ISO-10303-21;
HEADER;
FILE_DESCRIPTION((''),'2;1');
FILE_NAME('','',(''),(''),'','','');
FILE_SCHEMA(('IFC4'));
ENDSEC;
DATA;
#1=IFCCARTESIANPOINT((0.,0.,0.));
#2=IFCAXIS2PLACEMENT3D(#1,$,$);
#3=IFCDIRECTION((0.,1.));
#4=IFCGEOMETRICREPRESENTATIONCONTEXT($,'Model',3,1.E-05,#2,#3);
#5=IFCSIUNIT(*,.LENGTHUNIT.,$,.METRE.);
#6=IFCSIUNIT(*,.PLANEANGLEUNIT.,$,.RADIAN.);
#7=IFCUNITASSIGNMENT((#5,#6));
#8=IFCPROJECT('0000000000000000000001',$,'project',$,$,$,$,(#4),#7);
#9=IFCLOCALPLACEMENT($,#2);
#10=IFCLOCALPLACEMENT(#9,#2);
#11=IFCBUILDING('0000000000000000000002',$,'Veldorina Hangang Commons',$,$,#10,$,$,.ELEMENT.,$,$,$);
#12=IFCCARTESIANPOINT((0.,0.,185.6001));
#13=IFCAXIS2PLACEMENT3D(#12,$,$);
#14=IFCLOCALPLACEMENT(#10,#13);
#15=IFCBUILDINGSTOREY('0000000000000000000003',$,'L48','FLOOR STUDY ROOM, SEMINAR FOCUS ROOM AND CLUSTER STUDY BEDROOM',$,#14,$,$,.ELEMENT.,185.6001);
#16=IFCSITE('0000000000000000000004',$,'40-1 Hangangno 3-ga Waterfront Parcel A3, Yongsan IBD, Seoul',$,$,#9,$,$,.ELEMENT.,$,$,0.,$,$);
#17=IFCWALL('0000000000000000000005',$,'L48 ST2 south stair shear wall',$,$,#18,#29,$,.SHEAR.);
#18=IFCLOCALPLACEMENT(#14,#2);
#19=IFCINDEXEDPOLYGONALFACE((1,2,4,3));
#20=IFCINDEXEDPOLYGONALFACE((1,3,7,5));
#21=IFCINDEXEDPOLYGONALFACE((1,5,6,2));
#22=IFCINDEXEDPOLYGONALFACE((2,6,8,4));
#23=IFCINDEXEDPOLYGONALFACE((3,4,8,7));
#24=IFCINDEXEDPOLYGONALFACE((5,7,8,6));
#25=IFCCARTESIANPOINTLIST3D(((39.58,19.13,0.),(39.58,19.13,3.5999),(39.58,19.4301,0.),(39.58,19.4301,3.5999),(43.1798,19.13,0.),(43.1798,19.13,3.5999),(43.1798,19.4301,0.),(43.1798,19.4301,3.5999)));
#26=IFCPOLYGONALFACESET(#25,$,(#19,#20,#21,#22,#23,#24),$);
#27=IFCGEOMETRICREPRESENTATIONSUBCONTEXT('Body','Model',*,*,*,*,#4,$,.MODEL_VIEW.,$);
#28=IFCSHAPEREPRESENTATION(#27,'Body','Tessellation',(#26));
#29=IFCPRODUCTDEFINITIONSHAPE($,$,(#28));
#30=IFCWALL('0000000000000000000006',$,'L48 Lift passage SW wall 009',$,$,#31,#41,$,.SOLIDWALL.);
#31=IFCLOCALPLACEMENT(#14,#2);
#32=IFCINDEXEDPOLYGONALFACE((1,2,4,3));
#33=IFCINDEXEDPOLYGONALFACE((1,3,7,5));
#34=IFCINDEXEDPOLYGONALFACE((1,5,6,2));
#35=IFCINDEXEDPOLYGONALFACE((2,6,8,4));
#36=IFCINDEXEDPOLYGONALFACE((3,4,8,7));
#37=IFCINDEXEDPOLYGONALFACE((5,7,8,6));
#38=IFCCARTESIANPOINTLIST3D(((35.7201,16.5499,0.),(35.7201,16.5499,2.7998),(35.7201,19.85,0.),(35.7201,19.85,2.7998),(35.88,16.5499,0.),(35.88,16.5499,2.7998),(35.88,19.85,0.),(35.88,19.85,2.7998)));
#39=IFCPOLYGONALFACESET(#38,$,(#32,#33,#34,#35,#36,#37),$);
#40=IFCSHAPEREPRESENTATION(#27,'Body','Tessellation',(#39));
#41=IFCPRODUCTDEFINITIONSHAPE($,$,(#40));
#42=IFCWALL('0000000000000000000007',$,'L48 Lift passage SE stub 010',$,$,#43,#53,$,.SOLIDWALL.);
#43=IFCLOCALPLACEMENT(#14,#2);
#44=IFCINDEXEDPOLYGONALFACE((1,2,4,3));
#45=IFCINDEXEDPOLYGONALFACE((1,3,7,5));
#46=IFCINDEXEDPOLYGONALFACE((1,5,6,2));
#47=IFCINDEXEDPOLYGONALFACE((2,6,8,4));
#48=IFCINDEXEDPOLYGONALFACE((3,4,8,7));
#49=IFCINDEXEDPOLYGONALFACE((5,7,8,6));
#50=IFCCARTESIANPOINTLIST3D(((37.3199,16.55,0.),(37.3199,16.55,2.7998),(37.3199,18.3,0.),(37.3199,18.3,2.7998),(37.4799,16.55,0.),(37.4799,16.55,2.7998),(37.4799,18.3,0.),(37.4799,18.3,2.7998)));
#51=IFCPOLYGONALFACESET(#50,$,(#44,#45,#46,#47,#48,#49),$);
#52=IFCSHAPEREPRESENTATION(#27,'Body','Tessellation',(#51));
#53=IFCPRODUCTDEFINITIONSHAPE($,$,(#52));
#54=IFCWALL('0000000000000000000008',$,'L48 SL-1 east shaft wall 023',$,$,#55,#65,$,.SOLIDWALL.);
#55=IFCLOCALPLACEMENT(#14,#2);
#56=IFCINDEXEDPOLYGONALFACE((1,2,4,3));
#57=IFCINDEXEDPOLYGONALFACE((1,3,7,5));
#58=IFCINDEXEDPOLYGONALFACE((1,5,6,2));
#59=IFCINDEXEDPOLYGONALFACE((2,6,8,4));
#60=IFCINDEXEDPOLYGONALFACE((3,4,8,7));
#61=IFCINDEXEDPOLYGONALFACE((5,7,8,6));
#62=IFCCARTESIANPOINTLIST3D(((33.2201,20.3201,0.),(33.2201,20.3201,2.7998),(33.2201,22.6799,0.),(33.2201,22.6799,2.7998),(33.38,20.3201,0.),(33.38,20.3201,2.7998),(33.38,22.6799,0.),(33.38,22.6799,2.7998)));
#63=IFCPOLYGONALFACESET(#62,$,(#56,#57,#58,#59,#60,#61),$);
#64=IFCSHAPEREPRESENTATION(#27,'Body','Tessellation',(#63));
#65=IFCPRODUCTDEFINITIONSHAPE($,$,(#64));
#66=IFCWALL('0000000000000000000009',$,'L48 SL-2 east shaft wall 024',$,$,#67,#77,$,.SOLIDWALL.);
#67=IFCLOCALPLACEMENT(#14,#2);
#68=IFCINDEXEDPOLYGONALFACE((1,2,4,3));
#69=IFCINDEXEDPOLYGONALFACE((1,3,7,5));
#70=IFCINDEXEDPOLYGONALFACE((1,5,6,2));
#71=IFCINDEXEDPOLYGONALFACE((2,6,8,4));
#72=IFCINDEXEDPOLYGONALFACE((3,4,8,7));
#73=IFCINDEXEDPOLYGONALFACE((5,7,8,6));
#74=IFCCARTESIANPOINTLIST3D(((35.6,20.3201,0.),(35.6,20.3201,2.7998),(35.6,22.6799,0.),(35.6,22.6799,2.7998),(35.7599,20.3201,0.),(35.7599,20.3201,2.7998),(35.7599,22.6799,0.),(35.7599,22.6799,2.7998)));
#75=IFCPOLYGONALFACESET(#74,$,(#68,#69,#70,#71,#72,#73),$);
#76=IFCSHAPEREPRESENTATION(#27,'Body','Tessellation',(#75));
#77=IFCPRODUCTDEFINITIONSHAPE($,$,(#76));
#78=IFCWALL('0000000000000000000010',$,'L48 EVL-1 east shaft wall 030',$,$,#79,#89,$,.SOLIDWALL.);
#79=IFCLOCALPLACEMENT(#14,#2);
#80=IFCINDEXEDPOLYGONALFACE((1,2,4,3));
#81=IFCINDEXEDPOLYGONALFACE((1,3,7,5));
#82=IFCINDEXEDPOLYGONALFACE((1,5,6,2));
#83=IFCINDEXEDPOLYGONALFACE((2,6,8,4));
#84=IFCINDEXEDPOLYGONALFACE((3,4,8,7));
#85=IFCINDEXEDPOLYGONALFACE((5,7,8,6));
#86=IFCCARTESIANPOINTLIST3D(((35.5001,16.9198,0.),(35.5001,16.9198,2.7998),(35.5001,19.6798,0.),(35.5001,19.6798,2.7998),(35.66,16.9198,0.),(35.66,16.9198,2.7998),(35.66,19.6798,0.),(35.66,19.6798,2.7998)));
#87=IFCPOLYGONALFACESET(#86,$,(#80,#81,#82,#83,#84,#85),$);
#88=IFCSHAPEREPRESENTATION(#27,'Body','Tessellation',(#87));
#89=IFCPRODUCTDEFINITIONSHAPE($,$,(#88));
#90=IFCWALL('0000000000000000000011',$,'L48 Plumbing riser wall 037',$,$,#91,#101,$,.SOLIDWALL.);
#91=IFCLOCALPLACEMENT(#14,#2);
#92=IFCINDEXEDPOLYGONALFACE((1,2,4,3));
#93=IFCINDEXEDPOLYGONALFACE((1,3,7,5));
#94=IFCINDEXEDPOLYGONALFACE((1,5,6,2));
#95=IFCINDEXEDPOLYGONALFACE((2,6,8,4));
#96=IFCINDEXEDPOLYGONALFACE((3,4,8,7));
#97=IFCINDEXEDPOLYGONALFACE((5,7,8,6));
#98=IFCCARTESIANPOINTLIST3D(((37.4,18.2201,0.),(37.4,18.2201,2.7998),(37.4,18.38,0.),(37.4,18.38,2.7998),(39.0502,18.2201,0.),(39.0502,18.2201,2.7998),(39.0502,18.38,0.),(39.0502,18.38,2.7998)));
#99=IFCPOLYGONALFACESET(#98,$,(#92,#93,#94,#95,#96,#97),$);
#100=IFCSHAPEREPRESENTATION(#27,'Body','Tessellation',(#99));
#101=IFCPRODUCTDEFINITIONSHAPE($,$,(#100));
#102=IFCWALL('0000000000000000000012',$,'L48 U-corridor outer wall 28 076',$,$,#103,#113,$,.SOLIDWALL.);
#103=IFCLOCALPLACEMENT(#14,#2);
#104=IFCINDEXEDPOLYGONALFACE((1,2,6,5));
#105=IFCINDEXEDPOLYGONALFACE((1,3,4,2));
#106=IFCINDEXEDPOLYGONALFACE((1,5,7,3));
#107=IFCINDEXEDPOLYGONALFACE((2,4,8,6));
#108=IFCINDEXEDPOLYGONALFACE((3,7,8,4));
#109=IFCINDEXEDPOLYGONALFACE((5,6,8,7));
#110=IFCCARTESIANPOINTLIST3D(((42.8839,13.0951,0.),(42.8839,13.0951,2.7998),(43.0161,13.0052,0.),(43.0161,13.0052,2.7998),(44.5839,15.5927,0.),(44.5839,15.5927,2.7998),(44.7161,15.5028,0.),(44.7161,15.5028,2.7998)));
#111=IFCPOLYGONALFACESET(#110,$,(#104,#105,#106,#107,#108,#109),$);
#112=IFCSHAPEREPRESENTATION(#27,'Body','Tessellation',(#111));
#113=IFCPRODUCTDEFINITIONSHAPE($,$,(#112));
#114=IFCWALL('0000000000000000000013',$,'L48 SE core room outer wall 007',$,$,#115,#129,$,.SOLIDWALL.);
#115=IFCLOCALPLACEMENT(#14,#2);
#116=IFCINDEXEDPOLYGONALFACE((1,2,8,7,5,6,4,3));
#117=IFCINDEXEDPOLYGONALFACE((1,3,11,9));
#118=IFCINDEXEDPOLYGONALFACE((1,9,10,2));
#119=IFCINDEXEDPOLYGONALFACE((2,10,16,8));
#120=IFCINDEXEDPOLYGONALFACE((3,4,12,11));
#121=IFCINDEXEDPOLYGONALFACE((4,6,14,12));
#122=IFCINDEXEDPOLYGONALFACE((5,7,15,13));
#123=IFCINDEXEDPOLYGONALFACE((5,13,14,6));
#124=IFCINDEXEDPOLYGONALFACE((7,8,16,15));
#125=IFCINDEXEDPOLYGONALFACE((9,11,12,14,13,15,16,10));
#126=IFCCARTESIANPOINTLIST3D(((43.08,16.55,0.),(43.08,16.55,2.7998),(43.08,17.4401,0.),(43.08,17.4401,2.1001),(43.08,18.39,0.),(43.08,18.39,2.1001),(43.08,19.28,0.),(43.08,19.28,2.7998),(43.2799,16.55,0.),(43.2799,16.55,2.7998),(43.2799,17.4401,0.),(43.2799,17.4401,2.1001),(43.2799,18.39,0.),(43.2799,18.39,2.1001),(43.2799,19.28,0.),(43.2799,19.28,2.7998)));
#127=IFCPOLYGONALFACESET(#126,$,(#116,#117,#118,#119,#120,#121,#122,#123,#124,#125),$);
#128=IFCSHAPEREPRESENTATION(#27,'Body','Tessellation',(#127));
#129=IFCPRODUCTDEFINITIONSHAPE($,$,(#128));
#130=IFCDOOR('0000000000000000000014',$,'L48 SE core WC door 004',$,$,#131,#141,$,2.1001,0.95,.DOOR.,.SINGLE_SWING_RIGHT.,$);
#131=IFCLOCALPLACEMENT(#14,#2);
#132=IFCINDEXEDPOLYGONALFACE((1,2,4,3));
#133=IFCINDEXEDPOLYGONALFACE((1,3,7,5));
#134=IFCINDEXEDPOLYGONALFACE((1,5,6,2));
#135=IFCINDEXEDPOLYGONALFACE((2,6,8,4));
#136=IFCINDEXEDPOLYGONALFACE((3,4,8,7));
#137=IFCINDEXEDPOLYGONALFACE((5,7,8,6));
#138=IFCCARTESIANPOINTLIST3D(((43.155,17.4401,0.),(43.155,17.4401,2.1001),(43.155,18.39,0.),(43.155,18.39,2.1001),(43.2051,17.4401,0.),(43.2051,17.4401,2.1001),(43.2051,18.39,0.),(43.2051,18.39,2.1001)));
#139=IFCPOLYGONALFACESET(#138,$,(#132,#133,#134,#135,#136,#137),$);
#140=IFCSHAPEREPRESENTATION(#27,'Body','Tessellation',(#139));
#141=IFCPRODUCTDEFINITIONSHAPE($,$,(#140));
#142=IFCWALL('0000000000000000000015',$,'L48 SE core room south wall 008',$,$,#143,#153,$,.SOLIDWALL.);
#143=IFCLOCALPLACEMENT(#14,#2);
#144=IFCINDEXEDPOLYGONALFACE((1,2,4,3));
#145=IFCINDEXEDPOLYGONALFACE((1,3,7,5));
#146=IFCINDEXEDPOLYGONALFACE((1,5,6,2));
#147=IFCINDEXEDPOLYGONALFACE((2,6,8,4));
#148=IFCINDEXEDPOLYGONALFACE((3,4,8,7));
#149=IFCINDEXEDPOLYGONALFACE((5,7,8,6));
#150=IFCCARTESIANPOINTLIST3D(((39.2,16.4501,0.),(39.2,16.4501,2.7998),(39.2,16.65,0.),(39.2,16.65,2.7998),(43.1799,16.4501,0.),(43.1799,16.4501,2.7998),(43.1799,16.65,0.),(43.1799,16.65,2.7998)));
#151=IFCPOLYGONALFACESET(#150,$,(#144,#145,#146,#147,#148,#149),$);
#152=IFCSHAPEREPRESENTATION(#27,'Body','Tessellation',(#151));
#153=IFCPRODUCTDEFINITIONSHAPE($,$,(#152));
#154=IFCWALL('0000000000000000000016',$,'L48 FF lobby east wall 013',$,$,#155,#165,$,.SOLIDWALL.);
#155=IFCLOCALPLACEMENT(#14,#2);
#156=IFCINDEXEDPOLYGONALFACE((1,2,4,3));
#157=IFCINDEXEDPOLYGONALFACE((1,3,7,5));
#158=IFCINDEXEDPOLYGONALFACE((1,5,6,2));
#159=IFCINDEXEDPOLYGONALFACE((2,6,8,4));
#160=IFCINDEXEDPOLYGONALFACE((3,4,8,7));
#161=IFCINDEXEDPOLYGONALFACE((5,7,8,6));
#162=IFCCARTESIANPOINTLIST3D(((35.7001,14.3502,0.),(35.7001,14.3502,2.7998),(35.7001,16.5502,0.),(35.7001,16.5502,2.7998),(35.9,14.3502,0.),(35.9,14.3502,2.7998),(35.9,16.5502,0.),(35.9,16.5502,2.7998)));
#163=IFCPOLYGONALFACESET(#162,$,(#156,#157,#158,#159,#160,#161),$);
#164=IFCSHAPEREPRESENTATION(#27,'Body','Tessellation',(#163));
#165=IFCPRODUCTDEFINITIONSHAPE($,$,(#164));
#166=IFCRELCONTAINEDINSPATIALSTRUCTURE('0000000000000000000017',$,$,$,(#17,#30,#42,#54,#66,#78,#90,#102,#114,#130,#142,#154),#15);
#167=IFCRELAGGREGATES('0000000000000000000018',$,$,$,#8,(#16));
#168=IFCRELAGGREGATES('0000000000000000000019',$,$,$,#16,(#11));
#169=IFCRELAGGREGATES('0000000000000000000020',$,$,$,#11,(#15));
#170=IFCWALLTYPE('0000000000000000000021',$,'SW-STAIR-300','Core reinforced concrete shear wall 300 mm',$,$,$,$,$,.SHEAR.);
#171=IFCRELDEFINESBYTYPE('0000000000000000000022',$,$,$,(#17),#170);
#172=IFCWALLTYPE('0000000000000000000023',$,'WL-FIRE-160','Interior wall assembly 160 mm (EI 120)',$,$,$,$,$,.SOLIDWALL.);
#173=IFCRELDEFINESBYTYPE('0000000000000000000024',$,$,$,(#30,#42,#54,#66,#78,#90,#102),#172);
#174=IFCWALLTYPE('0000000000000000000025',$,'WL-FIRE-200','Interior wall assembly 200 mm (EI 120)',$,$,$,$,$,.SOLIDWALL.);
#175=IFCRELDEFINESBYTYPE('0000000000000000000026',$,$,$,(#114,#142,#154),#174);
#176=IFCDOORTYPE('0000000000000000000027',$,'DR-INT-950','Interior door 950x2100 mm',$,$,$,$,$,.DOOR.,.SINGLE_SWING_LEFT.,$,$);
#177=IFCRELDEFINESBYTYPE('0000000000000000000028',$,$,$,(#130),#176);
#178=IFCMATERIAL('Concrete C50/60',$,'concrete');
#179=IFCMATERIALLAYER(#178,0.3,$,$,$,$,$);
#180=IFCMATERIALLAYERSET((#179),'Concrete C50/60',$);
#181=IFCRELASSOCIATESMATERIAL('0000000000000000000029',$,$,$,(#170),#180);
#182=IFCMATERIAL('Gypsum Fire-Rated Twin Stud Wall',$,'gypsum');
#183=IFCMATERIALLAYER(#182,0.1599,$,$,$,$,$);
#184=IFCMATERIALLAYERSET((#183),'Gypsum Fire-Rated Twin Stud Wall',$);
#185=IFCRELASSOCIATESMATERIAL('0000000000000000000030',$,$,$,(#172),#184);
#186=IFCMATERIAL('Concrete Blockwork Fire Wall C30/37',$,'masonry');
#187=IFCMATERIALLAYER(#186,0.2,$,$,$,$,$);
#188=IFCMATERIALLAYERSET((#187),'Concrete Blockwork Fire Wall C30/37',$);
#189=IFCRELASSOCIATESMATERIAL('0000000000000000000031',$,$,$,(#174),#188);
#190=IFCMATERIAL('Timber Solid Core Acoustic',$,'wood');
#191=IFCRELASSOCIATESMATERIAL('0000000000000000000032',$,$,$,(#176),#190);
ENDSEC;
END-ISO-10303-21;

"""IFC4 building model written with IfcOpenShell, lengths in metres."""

from ifc_helpers import new_model, si_unit, direction, frame, frame_2d, origin, place, context, subcontext, project, spatial, rectangle, extrude, material, layer, layer_set, type_object, element, fill, save


model = new_model("IFC4")

# Units and contexts
model_context = context("Model", 3, precision=1e-05, world=origin(), true_north=direction((0.0, 1.0)))
body_context = subcontext(model_context, "Body", "Model", "MODEL_VIEW")
ifc_project = project(units=[si_unit("LENGTHUNIT", "METRE"), si_unit("PLANEANGLEUNIT", "RADIAN")], contexts=[model_context])

# Site, building, storey
site_placement = place(None, origin())
site = spatial("IfcSite", under=ifc_project, at=site_placement, Name="40-1 Hangangno 3-ga Waterfront Parcel A3, Yongsan IBD, Seoul", CompositionType="ELEMENT", RefElevation=0.0)
building_placement = place(site_placement, origin())
building = spatial("IfcBuilding", under=site, at=building_placement, Name="Veldorina Hangang Commons", CompositionType="ELEMENT")
storey_placement = place(building_placement, frame((0.0, 0.0, 185.6001)))
storey = spatial("IfcBuildingStorey", under=building, at=storey_placement, Name="L48", Description="FLOOR STUDY ROOM, SEMINAR FOCUS ROOM AND CLUSTER STUDY BEDROOM", CompositionType="ELEMENT", Elevation=185.6001)

# Walls
ifc_material_1 = material(Name="Concrete C50/60", Category="concrete")
ifc_layer_1 = layer(ifc_material_1, 0.3)
ifc_layer_set_1 = layer_set([ifc_layer_1], Name="Concrete C50/60")
wall_type_1 = type_object("IfcWallType", Name="SW-STAIR-300", Description="Core reinforced concrete shear wall 300 mm", PredefinedType="SHEAR", material=ifc_layer_set_1)
wall_1_placement = place(storey_placement, frame((39.5801, 19.28, 0.0), z_axis=(0.0, 0.0, 1.0), x_axis=(1.0, 0.0, 0.0)))
element("IfcWall", 1, at=wall_1_placement, inside=storey, type_object=wall_type_1, Name="L48 ST2 south stair shear wall", PredefinedType="SHEAR", context=body_context, shape_type="SweptSolid", body=[
    extrude(rectangle(XDim=3.5999, YDim=0.3, at=frame_2d((1.7998, 0.0))), origin(), (0.0, 0.0, 1.0), 3.5999),
])
ifc_material_2 = material(Name="Gypsum Fire-Rated Twin Stud Wall", Category="gypsum")
ifc_layer_2 = layer(ifc_material_2, 0.1599)
ifc_layer_set_2 = layer_set([ifc_layer_2], Name="Gypsum Fire-Rated Twin Stud Wall")
wall_type_2 = type_object("IfcWallType", Name="WL-FIRE-160", Description="Interior wall assembly 160 mm (EI 120)", PredefinedType="SOLIDWALL", material=ifc_layer_set_2)
wall_2_placement = place(storey_placement, frame((35.8, 16.55, 0.0), z_axis=(0.0, 0.0, 1.0), x_axis=(0.0, 1.0, 0.0)))
element("IfcWall", 2, at=wall_2_placement, inside=storey, type_object=wall_type_2, Name="L48 Lift passage SW wall 009", PredefinedType="SOLIDWALL", context=body_context, shape_type="SweptSolid", body=[
    extrude(rectangle(XDim=3.3, YDim=0.1599, at=frame_2d((1.6499, 0.0))), origin(), (0.0, 0.0, 1.0), 2.7998),
])
wall_3_placement = place(storey_placement, frame((37.3999, 16.55, 0.0), z_axis=(0.0, 0.0, 1.0), x_axis=(0.0, 1.0, 0.0)))
element("IfcWall", 3, at=wall_3_placement, inside=storey, type_object=wall_type_2, Name="L48 Lift passage SE stub 010", PredefinedType="SOLIDWALL", context=body_context, shape_type="SweptSolid", body=[
    extrude(rectangle(XDim=1.75, YDim=0.1599, at=frame_2d((0.875, 0.0))), origin(), (0.0, 0.0, 1.0), 2.7998),
])
for number, where, z_axis, x_axis, name in (
    (4, (33.3, 20.3201, 0.0), (0.0, 0.0, 1.0), (0.0, 1.0, 0.0), "L48 SL-1 east shaft wall 023"),
    (5, (35.6799, 20.3201, 0.0), (0.0, 0.0, 1.0), (0.0, 1.0, 0.0), "L48 SL-2 east shaft wall 024"),
):
    element("IfcWall", number, at=place(storey_placement, frame(where, z_axis=z_axis, x_axis=x_axis)), inside=storey, type_object=wall_type_2, Name=name, PredefinedType="SOLIDWALL", context=body_context, shape_type="SweptSolid", body=[
        extrude(rectangle(XDim=2.3599, YDim=0.1599, at=frame_2d((1.1799, 0.0))), origin(), (0.0, 0.0, 1.0), 2.7998),
    ])
wall_4_placement = place(storey_placement, frame((35.5801, 16.9199, 0.0), z_axis=(0.0, 0.0, 1.0), x_axis=(0.0, 1.0, 0.0)))
element("IfcWall", 6, at=wall_4_placement, inside=storey, type_object=wall_type_2, Name="L48 EVL-1 east shaft wall 030", PredefinedType="SOLIDWALL", context=body_context, shape_type="SweptSolid", body=[
    extrude(rectangle(XDim=2.76, YDim=0.1599, at=frame_2d((1.3799, 0.0))), origin(), (0.0, 0.0, 1.0), 2.7998),
])
wall_5_placement = place(storey_placement, frame((37.3999, 18.3, 0.0), z_axis=(0.0, 0.0, 1.0), x_axis=(1.0, 0.0, 0.0)))
element("IfcWall", 7, at=wall_5_placement, inside=storey, type_object=wall_type_2, Name="L48 Plumbing riser wall 037", PredefinedType="SOLIDWALL", context=body_context, shape_type="SweptSolid", body=[
    extrude(rectangle(XDim=1.6501, YDim=0.1599, at=frame_2d((0.8252, 0.0))), origin(), (0.0, 0.0, 1.0), 2.7998),
])
wall_6_placement = place(storey_placement, frame((42.95, 13.05, 0.0), z_axis=(0.0, 0.0, 1.0), x_axis=(0.562675, 0.826678, 0.0)))
element("IfcWall", 8, at=wall_6_placement, inside=storey, type_object=wall_type_2, Name="L48 U-corridor outer wall 28 076", PredefinedType="SOLIDWALL", context=body_context, shape_type="SweptSolid", body=[
    extrude(rectangle(XDim=3.0212, YDim=0.1599, at=frame_2d((1.5107, 0.0))), origin(), (0.0, 0.0, 1.0), 2.7998),
])

# Wall, opening, door
ifc_material_3 = material(Name="Concrete Blockwork Fire Wall C30/37", Category="masonry")
ifc_layer_3 = layer(ifc_material_3, 0.2)
ifc_layer_set_3 = layer_set([ifc_layer_3], Name="Concrete Blockwork Fire Wall C30/37")
wall_type_3 = type_object("IfcWallType", Name="WL-FIRE-200", Description="Interior wall assembly 200 mm (EI 120)", PredefinedType="SOLIDWALL", material=ifc_layer_set_3)
wall_7_placement = place(storey_placement, frame((43.1799, 16.55, 0.0), z_axis=(0.0, 0.0, 1.0), x_axis=(0.0, 1.0, 0.0)))
wall_7 = element("IfcWall", 9, at=wall_7_placement, inside=storey, type_object=wall_type_3, Name="L48 SE core room outer wall 007", PredefinedType="SOLIDWALL", context=body_context, shape_type="SweptSolid", body=[
    extrude(rectangle(XDim=2.73, YDim=0.2, at=frame_2d((1.365, 0.0))), origin(), (0.0, 0.0, 1.0), 2.7998),
])
opening_1_placement = place(wall_7_placement, frame((0.8899, 0.0, 0.0)))
opening_1 = element("IfcOpeningElement", 10, at=opening_1_placement, cuts=wall_7, PredefinedType="OPENING", context=body_context, shape_type="SweptSolid", body=[
    extrude(rectangle(XDim=0.95, YDim=2.1001, at=frame_2d((0.4751, 1.05))), frame((0.0, 0.1099, 0.0), z_axis=(0.0, -1.0, 0.0), x_axis=(1.0, 0.0, 0.0)), (0.0, 0.0, 1.0), 0.22),
])
ifc_material_4 = material(Name="Timber Solid Core Acoustic", Category="wood")
door_type_1 = type_object("IfcDoorType", Name="DR-INT-950", Description="Interior door 950x2100 mm", OperationType="SINGLE_SWING_LEFT", PredefinedType="DOOR", material=ifc_material_4)
door_1_placement = place(opening_1_placement, origin())
door_1 = element("IfcDoor", 11, at=door_1_placement, inside=storey, type_object=door_type_1, Name="L48 SE core WC door 004", OperationType="SINGLE_SWING_RIGHT", OverallHeight=2.1001, OverallWidth=0.95, PredefinedType="DOOR", context=body_context, shape_type="SweptSolid", body=[
    extrude(rectangle(XDim=0.95, YDim=2.1001, at=frame_2d((0.4751, 1.05))), frame((0.0, 0.0249, 0.0), z_axis=(0.0, -1.0, 0.0), x_axis=(1.0, 0.0, 0.0)), (0.0, 0.0, 1.0), 0.05),
])
fill(opening_1, door_1)

# Walls
wall_8_placement = place(storey_placement, frame((39.2, 16.55, 0.0), z_axis=(0.0, 0.0, 1.0), x_axis=(1.0, 0.0, 0.0)))
element("IfcWall", 12, at=wall_8_placement, inside=storey, type_object=wall_type_3, Name="L48 SE core room south wall 008", PredefinedType="SOLIDWALL", context=body_context, shape_type="SweptSolid", body=[
    extrude(rectangle(XDim=3.98, YDim=0.2, at=frame_2d((1.99, 0.0))), origin(), (0.0, 0.0, 1.0), 2.7998),
])
wall_9_placement = place(storey_placement, frame((35.8, 14.3501, 0.0), z_axis=(0.0, 0.0, 1.0), x_axis=(0.0, 1.0, 0.0)))
element("IfcWall", 13, at=wall_9_placement, inside=storey, type_object=wall_type_3, Name="L48 FF lobby east wall 013", PredefinedType="SOLIDWALL", context=body_context, shape_type="SweptSolid", body=[
    extrude(rectangle(XDim=2.2, YDim=0.2, at=frame_2d((1.1001, 0.0))), origin(), (0.0, 0.0, 1.0), 2.7998),
])

save(model, "model.ifc")
